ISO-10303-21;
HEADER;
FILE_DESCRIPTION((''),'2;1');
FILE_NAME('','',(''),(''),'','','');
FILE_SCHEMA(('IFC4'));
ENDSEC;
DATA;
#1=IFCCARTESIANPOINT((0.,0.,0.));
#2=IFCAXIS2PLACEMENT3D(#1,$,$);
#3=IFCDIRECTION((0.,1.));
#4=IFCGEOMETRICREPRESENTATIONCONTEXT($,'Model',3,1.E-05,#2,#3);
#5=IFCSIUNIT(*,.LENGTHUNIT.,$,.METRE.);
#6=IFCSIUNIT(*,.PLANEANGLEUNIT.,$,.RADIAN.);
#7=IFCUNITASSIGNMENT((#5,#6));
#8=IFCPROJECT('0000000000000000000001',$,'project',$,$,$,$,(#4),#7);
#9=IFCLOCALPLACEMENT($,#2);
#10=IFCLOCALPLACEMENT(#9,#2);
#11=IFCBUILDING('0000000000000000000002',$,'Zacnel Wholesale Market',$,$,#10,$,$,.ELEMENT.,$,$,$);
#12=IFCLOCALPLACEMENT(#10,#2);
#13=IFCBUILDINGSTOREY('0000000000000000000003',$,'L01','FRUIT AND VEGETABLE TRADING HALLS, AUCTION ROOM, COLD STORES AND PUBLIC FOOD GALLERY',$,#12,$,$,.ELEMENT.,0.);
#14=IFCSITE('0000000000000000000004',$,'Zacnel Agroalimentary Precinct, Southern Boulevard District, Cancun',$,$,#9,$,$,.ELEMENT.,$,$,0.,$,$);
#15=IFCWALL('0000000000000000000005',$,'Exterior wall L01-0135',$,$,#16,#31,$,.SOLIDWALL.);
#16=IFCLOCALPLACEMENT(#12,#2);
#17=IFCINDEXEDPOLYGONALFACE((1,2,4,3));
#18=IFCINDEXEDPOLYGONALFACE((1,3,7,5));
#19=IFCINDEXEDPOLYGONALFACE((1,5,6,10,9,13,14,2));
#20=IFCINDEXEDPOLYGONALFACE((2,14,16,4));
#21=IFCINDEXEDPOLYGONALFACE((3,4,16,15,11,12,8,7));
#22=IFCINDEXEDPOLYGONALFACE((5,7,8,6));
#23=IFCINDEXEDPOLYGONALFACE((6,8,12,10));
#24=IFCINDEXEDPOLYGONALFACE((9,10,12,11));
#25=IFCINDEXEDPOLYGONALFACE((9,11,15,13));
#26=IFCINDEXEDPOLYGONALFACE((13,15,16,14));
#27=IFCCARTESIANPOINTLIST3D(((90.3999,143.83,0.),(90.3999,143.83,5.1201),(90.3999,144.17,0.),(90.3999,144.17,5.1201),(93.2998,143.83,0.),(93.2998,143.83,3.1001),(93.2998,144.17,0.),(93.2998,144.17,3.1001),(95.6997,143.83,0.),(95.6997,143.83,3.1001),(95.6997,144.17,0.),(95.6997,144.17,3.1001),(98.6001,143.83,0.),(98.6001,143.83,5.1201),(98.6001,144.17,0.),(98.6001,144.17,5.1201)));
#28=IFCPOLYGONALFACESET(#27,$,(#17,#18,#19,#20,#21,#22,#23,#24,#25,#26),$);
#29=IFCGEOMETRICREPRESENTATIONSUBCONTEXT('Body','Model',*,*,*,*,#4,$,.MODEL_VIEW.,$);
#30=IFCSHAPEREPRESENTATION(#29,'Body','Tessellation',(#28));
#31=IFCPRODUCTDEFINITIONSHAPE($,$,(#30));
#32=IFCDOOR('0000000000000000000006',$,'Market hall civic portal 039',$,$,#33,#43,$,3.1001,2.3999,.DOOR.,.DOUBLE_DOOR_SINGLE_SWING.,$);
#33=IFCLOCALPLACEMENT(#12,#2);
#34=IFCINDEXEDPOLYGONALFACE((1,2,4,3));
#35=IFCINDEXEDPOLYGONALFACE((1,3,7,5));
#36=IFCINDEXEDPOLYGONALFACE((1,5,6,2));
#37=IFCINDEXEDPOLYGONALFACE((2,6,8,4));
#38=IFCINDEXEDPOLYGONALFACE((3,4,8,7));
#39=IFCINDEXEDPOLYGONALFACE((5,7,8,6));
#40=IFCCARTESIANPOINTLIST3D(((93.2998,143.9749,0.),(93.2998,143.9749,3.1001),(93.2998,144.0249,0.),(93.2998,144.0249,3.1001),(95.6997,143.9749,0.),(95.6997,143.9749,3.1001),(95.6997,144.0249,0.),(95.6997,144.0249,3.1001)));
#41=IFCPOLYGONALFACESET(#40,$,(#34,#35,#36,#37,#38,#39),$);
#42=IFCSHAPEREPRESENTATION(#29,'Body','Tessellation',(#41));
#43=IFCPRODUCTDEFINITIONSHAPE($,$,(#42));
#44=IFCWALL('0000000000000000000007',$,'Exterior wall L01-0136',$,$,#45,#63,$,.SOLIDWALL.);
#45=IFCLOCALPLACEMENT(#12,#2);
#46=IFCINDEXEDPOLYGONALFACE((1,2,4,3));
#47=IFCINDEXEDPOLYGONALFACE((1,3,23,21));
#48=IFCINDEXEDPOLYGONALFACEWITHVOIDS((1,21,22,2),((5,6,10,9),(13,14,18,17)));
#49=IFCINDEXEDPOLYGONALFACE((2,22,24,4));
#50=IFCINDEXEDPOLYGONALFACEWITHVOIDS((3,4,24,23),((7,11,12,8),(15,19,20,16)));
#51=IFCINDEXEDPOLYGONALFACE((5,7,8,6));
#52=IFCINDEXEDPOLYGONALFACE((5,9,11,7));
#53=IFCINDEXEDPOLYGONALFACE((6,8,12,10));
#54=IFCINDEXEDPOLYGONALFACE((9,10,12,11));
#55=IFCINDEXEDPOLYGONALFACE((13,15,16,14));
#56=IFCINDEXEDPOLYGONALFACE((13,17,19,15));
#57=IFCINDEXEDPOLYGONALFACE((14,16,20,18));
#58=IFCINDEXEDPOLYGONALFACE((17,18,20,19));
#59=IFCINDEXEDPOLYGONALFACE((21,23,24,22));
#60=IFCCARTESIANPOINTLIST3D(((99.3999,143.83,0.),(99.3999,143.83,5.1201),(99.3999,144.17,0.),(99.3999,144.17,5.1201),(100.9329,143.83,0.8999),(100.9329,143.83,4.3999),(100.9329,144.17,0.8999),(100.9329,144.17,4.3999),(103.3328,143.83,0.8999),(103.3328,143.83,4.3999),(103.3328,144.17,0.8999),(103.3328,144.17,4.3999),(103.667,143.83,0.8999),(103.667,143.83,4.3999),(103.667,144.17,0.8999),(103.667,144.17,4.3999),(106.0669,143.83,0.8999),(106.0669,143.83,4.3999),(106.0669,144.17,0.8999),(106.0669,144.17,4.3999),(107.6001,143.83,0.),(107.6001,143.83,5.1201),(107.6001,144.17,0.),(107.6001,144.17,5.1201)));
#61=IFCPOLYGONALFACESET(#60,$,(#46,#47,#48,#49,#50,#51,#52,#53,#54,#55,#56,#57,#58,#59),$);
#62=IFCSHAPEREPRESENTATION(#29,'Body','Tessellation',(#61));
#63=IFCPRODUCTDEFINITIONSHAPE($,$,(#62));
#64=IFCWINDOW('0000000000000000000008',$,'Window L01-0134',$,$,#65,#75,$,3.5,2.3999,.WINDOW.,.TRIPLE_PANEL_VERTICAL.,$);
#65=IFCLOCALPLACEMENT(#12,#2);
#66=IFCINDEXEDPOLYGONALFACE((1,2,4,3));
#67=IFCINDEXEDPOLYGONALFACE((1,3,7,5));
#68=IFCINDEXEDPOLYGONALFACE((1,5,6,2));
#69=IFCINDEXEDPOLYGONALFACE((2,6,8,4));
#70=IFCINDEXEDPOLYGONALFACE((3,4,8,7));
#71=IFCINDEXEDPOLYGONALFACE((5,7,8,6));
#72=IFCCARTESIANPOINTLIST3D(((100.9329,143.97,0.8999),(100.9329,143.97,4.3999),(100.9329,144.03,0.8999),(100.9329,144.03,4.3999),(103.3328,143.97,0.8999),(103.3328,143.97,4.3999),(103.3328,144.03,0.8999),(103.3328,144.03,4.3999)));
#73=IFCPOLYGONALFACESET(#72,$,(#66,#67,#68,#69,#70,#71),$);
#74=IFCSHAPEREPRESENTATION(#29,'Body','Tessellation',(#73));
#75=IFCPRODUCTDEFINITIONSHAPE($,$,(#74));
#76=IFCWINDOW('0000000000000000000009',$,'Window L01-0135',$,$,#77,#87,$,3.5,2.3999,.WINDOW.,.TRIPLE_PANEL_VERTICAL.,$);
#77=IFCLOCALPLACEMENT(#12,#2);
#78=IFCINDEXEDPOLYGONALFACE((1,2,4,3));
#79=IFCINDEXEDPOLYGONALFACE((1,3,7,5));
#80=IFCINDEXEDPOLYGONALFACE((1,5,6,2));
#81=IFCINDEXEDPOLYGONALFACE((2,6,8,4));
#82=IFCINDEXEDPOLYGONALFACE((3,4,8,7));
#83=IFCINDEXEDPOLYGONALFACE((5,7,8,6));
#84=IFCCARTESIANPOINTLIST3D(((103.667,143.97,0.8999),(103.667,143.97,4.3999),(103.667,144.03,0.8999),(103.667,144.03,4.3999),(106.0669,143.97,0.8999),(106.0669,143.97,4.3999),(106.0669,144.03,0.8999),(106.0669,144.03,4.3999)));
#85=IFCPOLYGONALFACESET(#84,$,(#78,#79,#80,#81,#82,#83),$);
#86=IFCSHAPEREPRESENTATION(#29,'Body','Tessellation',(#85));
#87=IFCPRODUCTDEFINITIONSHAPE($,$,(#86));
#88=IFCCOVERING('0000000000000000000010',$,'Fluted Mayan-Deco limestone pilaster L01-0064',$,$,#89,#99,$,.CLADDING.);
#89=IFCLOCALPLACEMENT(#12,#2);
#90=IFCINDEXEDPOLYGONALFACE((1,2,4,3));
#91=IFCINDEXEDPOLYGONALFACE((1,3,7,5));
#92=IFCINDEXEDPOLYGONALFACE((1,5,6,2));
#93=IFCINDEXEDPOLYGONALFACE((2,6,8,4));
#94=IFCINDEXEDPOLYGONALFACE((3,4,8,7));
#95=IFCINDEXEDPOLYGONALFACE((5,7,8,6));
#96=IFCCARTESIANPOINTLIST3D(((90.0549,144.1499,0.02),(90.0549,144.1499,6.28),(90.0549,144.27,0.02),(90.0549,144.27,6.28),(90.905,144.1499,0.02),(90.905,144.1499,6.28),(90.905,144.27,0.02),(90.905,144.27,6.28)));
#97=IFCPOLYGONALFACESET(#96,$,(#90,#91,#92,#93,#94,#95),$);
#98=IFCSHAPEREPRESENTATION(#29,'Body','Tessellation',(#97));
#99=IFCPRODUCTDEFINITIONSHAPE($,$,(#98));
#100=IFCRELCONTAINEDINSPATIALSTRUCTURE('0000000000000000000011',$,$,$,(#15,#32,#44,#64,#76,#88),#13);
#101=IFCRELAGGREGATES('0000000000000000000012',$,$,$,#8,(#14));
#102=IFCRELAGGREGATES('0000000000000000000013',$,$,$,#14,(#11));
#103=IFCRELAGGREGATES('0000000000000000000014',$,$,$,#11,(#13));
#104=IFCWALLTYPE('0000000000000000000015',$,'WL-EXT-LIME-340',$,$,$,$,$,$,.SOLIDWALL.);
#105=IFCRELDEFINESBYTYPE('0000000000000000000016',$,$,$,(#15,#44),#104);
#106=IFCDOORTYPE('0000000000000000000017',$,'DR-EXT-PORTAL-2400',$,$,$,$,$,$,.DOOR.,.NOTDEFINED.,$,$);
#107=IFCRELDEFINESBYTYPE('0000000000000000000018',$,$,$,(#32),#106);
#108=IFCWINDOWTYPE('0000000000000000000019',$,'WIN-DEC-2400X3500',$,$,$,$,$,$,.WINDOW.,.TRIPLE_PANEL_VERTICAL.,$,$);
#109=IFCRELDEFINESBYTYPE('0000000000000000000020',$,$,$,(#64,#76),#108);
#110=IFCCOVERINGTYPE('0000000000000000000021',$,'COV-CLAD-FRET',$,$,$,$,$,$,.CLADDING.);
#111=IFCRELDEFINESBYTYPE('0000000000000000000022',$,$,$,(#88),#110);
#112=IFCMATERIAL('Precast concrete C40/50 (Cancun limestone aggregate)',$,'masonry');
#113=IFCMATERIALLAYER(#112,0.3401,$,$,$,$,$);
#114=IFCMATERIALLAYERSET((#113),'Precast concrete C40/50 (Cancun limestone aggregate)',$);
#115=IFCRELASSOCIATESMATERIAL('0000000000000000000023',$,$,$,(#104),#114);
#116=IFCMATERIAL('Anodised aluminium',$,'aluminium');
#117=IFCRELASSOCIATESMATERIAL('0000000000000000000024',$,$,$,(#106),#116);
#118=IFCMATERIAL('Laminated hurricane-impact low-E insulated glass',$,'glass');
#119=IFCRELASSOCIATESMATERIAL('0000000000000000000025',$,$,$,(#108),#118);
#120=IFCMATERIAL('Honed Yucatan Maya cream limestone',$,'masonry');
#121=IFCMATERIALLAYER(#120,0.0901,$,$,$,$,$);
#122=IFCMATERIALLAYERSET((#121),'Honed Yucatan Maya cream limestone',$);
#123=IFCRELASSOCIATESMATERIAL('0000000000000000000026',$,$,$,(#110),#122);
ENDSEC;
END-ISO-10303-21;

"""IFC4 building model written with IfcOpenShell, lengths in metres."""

from ifc_helpers import new_model, si_unit, direction, frame, frame_2d, origin, origin_2d, place, context, subcontext, project, spatial, rectangle, extrude, material, layer, layer_set, type_object, element, fill, save


model = new_model("IFC4")

# Units and contexts
model_context = context("Model", 3, precision=1e-05, world=origin(), true_north=direction((0.0, 1.0)))
body_context = subcontext(model_context, "Body", "Model", "MODEL_VIEW")
ifc_project = project(units=[si_unit("LENGTHUNIT", "METRE"), si_unit("PLANEANGLEUNIT", "RADIAN")], contexts=[model_context])

# Site, building, storey
site_placement = place(None, origin())
site = spatial("IfcSite", under=ifc_project, at=site_placement, Name="Zacnel Agroalimentary Precinct, Southern Boulevard District, Cancun", CompositionType="ELEMENT", RefElevation=0.0)
building_placement = place(site_placement, origin())
building = spatial("IfcBuilding", under=site, at=building_placement, Name="Zacnel Wholesale Market", CompositionType="ELEMENT")
storey_placement = place(building_placement, origin())
storey = spatial("IfcBuildingStorey", under=building, at=storey_placement, Name="L01", Description="FRUIT AND VEGETABLE TRADING HALLS, AUCTION ROOM, COLD STORES AND PUBLIC FOOD GALLERY", CompositionType="ELEMENT", Elevation=0.0)

# Wall, opening, door
ifc_material_1 = material(Name="Precast concrete C40/50 (Cancun limestone aggregate)", Category="masonry")
ifc_layer_1 = layer(ifc_material_1, 0.3401)
ifc_layer_set_1 = layer_set([ifc_layer_1], Name="Precast concrete C40/50 (Cancun limestone aggregate)")
wall_type_1 = type_object("IfcWallType", Name="WL-EXT-LIME-340", PredefinedType="SOLIDWALL", material=ifc_layer_set_1)
wall_1_placement = place(storey_placement, frame((90.3999, 144.0, 0.0), z_axis=(0.0, 0.0, 1.0), x_axis=(1.0, 0.0, 0.0)))
wall_1 = element("IfcWall", 1, at=wall_1_placement, inside=storey, type_object=wall_type_1, Name="Exterior wall L01-0135", PredefinedType="SOLIDWALL", context=body_context, shape_type="SweptSolid", body=[
    extrude(rectangle(XDim=8.2002, YDim=0.3401, at=frame_2d((4.1001, 0.0))), origin(), (0.0, 0.0, 1.0), 5.1201),
])
opening_1_placement = place(wall_1_placement, frame((2.8999, 0.0, 0.0)))
opening_1 = element("IfcOpeningElement", 2, at=opening_1_placement, cuts=wall_1, PredefinedType="OPENING", context=body_context, shape_type="SweptSolid", body=[
    extrude(rectangle(XDim=2.3999, YDim=3.1001, at=frame_2d((1.2, 1.55))), frame((0.0, 0.1799, 0.0), z_axis=(0.0, -1.0, 0.0), x_axis=(1.0, 0.0, 0.0)), (0.0, 0.0, 1.0), 0.3601),
])
ifc_material_2 = material(Name="Anodised aluminium", Category="aluminium")
door_type = type_object("IfcDoorType", Name="DR-EXT-PORTAL-2400", OperationType="NOTDEFINED", PredefinedType="DOOR", material=ifc_material_2)
door_placement = place(opening_1_placement, origin())
door = element("IfcDoor", 3, at=door_placement, inside=storey, type_object=door_type, Name="Market hall civic portal 039", OperationType="DOUBLE_DOOR_SINGLE_SWING", OverallHeight=3.1001, OverallWidth=2.3999, PredefinedType="DOOR", context=body_context, shape_type="SweptSolid", body=[
    extrude(rectangle(XDim=2.3999, YDim=3.1001, at=frame_2d((1.2, 1.55))), frame((0.0, 0.0249, 0.0), z_axis=(0.0, -1.0, 0.0), x_axis=(1.0, 0.0, 0.0)), (0.0, 0.0, 1.0), 0.05),
])
fill(opening_1, door)

# Wall, openings, windows
wall_2_placement = place(storey_placement, frame((99.3999, 144.0, 0.0), z_axis=(0.0, 0.0, 1.0), x_axis=(1.0, 0.0, 0.0)))
wall_2 = element("IfcWall", 4, at=wall_2_placement, inside=storey, type_object=wall_type_1, Name="Exterior wall L01-0136", PredefinedType="SOLIDWALL", context=body_context, shape_type="SweptSolid", body=[
    extrude(rectangle(XDim=8.2002, YDim=0.3401, at=frame_2d((4.1001, 0.0))), origin(), (0.0, 0.0, 1.0), 5.1201),
])
opening_2_placement = place(wall_2_placement, frame((1.533, 0.0, 0.8999)))
opening_2 = element("IfcOpeningElement", 5, at=opening_2_placement, cuts=wall_2, PredefinedType="OPENING", context=body_context, shape_type="SweptSolid", body=[
    extrude(rectangle(XDim=2.3999, YDim=3.5, at=frame_2d((1.2, 1.75))), frame((0.0, 0.1799, 0.0), z_axis=(0.0, -1.0, 0.0), x_axis=(1.0, 0.0, 0.0)), (0.0, 0.0, 1.0), 0.3601),
])
opening_3_placement = place(wall_2_placement, frame((4.2671, 0.0, 0.8999)))
opening_3 = element("IfcOpeningElement", 6, at=opening_3_placement, cuts=wall_2, PredefinedType="OPENING", context=body_context, shape_type="SweptSolid", body=[
    extrude(rectangle(XDim=2.3999, YDim=3.5, at=frame_2d((1.2, 1.75))), frame((0.0, 0.1799, 0.0), z_axis=(0.0, -1.0, 0.0), x_axis=(1.0, 0.0, 0.0)), (0.0, 0.0, 1.0), 0.3601),
])
ifc_material_3 = material(Name="Laminated hurricane-impact low-E insulated glass", Category="glass")
window_type = type_object("IfcWindowType", Name="WIN-DEC-2400X3500", PartitioningType="TRIPLE_PANEL_VERTICAL", PredefinedType="WINDOW", material=ifc_material_3)
window_1_placement = place(opening_2_placement, origin())
window_1 = element("IfcWindow", 7, at=window_1_placement, inside=storey, type_object=window_type, Name="Window L01-0134", OverallHeight=3.5, OverallWidth=2.3999, PartitioningType="TRIPLE_PANEL_VERTICAL", PredefinedType="WINDOW", context=body_context, shape_type="SweptSolid", body=[
    extrude(rectangle(XDim=2.3999, YDim=3.5, at=frame_2d((1.2, 1.75))), frame((0.0, 0.03, 0.0), z_axis=(0.0, -1.0, 0.0), x_axis=(1.0, 0.0, 0.0)), (0.0, 0.0, 1.0), 0.0601),
])
fill(opening_2, window_1)
window_2_placement = place(opening_3_placement, origin())
window_2 = element("IfcWindow", 8, at=window_2_placement, inside=storey, type_object=window_type, Name="Window L01-0135", OverallHeight=3.5, OverallWidth=2.3999, PartitioningType="TRIPLE_PANEL_VERTICAL", PredefinedType="WINDOW", context=body_context, shape_type="SweptSolid", body=[
    extrude(rectangle(XDim=2.3999, YDim=3.5, at=frame_2d((1.2, 1.75))), frame((0.0, 0.03, 0.0), z_axis=(0.0, -1.0, 0.0), x_axis=(1.0, 0.0, 0.0)), (0.0, 0.0, 1.0), 0.0601),
])
fill(opening_3, window_2)

# Covering
ifc_material_4 = material(Name="Honed Yucatan Maya cream limestone", Category="masonry")
ifc_layer_2 = layer(ifc_material_4, 0.0901)
ifc_layer_set_2 = layer_set([ifc_layer_2], Name="Honed Yucatan Maya cream limestone")
covering_type = type_object("IfcCoveringType", Name="COV-CLAD-FRET", PredefinedType="CLADDING", material=ifc_layer_set_2)
covering_placement = place(storey_placement, frame((90.48, 144.21, 0.02), z_axis=(0.0, 0.0, 1.0), x_axis=(1.0, 0.0, 0.0)))
element("IfcCovering", 9, at=covering_placement, inside=storey, type_object=covering_type, Name="Fluted Mayan-Deco limestone pilaster L01-0064", PredefinedType="CLADDING", context=body_context, shape_type="SweptSolid", body=[
    extrude(rectangle(XDim=0.8501, YDim=0.1201, at=origin_2d()), origin(), (0.0, 0.0, 1.0), 6.26),
])

save(model, "model.ifc")
